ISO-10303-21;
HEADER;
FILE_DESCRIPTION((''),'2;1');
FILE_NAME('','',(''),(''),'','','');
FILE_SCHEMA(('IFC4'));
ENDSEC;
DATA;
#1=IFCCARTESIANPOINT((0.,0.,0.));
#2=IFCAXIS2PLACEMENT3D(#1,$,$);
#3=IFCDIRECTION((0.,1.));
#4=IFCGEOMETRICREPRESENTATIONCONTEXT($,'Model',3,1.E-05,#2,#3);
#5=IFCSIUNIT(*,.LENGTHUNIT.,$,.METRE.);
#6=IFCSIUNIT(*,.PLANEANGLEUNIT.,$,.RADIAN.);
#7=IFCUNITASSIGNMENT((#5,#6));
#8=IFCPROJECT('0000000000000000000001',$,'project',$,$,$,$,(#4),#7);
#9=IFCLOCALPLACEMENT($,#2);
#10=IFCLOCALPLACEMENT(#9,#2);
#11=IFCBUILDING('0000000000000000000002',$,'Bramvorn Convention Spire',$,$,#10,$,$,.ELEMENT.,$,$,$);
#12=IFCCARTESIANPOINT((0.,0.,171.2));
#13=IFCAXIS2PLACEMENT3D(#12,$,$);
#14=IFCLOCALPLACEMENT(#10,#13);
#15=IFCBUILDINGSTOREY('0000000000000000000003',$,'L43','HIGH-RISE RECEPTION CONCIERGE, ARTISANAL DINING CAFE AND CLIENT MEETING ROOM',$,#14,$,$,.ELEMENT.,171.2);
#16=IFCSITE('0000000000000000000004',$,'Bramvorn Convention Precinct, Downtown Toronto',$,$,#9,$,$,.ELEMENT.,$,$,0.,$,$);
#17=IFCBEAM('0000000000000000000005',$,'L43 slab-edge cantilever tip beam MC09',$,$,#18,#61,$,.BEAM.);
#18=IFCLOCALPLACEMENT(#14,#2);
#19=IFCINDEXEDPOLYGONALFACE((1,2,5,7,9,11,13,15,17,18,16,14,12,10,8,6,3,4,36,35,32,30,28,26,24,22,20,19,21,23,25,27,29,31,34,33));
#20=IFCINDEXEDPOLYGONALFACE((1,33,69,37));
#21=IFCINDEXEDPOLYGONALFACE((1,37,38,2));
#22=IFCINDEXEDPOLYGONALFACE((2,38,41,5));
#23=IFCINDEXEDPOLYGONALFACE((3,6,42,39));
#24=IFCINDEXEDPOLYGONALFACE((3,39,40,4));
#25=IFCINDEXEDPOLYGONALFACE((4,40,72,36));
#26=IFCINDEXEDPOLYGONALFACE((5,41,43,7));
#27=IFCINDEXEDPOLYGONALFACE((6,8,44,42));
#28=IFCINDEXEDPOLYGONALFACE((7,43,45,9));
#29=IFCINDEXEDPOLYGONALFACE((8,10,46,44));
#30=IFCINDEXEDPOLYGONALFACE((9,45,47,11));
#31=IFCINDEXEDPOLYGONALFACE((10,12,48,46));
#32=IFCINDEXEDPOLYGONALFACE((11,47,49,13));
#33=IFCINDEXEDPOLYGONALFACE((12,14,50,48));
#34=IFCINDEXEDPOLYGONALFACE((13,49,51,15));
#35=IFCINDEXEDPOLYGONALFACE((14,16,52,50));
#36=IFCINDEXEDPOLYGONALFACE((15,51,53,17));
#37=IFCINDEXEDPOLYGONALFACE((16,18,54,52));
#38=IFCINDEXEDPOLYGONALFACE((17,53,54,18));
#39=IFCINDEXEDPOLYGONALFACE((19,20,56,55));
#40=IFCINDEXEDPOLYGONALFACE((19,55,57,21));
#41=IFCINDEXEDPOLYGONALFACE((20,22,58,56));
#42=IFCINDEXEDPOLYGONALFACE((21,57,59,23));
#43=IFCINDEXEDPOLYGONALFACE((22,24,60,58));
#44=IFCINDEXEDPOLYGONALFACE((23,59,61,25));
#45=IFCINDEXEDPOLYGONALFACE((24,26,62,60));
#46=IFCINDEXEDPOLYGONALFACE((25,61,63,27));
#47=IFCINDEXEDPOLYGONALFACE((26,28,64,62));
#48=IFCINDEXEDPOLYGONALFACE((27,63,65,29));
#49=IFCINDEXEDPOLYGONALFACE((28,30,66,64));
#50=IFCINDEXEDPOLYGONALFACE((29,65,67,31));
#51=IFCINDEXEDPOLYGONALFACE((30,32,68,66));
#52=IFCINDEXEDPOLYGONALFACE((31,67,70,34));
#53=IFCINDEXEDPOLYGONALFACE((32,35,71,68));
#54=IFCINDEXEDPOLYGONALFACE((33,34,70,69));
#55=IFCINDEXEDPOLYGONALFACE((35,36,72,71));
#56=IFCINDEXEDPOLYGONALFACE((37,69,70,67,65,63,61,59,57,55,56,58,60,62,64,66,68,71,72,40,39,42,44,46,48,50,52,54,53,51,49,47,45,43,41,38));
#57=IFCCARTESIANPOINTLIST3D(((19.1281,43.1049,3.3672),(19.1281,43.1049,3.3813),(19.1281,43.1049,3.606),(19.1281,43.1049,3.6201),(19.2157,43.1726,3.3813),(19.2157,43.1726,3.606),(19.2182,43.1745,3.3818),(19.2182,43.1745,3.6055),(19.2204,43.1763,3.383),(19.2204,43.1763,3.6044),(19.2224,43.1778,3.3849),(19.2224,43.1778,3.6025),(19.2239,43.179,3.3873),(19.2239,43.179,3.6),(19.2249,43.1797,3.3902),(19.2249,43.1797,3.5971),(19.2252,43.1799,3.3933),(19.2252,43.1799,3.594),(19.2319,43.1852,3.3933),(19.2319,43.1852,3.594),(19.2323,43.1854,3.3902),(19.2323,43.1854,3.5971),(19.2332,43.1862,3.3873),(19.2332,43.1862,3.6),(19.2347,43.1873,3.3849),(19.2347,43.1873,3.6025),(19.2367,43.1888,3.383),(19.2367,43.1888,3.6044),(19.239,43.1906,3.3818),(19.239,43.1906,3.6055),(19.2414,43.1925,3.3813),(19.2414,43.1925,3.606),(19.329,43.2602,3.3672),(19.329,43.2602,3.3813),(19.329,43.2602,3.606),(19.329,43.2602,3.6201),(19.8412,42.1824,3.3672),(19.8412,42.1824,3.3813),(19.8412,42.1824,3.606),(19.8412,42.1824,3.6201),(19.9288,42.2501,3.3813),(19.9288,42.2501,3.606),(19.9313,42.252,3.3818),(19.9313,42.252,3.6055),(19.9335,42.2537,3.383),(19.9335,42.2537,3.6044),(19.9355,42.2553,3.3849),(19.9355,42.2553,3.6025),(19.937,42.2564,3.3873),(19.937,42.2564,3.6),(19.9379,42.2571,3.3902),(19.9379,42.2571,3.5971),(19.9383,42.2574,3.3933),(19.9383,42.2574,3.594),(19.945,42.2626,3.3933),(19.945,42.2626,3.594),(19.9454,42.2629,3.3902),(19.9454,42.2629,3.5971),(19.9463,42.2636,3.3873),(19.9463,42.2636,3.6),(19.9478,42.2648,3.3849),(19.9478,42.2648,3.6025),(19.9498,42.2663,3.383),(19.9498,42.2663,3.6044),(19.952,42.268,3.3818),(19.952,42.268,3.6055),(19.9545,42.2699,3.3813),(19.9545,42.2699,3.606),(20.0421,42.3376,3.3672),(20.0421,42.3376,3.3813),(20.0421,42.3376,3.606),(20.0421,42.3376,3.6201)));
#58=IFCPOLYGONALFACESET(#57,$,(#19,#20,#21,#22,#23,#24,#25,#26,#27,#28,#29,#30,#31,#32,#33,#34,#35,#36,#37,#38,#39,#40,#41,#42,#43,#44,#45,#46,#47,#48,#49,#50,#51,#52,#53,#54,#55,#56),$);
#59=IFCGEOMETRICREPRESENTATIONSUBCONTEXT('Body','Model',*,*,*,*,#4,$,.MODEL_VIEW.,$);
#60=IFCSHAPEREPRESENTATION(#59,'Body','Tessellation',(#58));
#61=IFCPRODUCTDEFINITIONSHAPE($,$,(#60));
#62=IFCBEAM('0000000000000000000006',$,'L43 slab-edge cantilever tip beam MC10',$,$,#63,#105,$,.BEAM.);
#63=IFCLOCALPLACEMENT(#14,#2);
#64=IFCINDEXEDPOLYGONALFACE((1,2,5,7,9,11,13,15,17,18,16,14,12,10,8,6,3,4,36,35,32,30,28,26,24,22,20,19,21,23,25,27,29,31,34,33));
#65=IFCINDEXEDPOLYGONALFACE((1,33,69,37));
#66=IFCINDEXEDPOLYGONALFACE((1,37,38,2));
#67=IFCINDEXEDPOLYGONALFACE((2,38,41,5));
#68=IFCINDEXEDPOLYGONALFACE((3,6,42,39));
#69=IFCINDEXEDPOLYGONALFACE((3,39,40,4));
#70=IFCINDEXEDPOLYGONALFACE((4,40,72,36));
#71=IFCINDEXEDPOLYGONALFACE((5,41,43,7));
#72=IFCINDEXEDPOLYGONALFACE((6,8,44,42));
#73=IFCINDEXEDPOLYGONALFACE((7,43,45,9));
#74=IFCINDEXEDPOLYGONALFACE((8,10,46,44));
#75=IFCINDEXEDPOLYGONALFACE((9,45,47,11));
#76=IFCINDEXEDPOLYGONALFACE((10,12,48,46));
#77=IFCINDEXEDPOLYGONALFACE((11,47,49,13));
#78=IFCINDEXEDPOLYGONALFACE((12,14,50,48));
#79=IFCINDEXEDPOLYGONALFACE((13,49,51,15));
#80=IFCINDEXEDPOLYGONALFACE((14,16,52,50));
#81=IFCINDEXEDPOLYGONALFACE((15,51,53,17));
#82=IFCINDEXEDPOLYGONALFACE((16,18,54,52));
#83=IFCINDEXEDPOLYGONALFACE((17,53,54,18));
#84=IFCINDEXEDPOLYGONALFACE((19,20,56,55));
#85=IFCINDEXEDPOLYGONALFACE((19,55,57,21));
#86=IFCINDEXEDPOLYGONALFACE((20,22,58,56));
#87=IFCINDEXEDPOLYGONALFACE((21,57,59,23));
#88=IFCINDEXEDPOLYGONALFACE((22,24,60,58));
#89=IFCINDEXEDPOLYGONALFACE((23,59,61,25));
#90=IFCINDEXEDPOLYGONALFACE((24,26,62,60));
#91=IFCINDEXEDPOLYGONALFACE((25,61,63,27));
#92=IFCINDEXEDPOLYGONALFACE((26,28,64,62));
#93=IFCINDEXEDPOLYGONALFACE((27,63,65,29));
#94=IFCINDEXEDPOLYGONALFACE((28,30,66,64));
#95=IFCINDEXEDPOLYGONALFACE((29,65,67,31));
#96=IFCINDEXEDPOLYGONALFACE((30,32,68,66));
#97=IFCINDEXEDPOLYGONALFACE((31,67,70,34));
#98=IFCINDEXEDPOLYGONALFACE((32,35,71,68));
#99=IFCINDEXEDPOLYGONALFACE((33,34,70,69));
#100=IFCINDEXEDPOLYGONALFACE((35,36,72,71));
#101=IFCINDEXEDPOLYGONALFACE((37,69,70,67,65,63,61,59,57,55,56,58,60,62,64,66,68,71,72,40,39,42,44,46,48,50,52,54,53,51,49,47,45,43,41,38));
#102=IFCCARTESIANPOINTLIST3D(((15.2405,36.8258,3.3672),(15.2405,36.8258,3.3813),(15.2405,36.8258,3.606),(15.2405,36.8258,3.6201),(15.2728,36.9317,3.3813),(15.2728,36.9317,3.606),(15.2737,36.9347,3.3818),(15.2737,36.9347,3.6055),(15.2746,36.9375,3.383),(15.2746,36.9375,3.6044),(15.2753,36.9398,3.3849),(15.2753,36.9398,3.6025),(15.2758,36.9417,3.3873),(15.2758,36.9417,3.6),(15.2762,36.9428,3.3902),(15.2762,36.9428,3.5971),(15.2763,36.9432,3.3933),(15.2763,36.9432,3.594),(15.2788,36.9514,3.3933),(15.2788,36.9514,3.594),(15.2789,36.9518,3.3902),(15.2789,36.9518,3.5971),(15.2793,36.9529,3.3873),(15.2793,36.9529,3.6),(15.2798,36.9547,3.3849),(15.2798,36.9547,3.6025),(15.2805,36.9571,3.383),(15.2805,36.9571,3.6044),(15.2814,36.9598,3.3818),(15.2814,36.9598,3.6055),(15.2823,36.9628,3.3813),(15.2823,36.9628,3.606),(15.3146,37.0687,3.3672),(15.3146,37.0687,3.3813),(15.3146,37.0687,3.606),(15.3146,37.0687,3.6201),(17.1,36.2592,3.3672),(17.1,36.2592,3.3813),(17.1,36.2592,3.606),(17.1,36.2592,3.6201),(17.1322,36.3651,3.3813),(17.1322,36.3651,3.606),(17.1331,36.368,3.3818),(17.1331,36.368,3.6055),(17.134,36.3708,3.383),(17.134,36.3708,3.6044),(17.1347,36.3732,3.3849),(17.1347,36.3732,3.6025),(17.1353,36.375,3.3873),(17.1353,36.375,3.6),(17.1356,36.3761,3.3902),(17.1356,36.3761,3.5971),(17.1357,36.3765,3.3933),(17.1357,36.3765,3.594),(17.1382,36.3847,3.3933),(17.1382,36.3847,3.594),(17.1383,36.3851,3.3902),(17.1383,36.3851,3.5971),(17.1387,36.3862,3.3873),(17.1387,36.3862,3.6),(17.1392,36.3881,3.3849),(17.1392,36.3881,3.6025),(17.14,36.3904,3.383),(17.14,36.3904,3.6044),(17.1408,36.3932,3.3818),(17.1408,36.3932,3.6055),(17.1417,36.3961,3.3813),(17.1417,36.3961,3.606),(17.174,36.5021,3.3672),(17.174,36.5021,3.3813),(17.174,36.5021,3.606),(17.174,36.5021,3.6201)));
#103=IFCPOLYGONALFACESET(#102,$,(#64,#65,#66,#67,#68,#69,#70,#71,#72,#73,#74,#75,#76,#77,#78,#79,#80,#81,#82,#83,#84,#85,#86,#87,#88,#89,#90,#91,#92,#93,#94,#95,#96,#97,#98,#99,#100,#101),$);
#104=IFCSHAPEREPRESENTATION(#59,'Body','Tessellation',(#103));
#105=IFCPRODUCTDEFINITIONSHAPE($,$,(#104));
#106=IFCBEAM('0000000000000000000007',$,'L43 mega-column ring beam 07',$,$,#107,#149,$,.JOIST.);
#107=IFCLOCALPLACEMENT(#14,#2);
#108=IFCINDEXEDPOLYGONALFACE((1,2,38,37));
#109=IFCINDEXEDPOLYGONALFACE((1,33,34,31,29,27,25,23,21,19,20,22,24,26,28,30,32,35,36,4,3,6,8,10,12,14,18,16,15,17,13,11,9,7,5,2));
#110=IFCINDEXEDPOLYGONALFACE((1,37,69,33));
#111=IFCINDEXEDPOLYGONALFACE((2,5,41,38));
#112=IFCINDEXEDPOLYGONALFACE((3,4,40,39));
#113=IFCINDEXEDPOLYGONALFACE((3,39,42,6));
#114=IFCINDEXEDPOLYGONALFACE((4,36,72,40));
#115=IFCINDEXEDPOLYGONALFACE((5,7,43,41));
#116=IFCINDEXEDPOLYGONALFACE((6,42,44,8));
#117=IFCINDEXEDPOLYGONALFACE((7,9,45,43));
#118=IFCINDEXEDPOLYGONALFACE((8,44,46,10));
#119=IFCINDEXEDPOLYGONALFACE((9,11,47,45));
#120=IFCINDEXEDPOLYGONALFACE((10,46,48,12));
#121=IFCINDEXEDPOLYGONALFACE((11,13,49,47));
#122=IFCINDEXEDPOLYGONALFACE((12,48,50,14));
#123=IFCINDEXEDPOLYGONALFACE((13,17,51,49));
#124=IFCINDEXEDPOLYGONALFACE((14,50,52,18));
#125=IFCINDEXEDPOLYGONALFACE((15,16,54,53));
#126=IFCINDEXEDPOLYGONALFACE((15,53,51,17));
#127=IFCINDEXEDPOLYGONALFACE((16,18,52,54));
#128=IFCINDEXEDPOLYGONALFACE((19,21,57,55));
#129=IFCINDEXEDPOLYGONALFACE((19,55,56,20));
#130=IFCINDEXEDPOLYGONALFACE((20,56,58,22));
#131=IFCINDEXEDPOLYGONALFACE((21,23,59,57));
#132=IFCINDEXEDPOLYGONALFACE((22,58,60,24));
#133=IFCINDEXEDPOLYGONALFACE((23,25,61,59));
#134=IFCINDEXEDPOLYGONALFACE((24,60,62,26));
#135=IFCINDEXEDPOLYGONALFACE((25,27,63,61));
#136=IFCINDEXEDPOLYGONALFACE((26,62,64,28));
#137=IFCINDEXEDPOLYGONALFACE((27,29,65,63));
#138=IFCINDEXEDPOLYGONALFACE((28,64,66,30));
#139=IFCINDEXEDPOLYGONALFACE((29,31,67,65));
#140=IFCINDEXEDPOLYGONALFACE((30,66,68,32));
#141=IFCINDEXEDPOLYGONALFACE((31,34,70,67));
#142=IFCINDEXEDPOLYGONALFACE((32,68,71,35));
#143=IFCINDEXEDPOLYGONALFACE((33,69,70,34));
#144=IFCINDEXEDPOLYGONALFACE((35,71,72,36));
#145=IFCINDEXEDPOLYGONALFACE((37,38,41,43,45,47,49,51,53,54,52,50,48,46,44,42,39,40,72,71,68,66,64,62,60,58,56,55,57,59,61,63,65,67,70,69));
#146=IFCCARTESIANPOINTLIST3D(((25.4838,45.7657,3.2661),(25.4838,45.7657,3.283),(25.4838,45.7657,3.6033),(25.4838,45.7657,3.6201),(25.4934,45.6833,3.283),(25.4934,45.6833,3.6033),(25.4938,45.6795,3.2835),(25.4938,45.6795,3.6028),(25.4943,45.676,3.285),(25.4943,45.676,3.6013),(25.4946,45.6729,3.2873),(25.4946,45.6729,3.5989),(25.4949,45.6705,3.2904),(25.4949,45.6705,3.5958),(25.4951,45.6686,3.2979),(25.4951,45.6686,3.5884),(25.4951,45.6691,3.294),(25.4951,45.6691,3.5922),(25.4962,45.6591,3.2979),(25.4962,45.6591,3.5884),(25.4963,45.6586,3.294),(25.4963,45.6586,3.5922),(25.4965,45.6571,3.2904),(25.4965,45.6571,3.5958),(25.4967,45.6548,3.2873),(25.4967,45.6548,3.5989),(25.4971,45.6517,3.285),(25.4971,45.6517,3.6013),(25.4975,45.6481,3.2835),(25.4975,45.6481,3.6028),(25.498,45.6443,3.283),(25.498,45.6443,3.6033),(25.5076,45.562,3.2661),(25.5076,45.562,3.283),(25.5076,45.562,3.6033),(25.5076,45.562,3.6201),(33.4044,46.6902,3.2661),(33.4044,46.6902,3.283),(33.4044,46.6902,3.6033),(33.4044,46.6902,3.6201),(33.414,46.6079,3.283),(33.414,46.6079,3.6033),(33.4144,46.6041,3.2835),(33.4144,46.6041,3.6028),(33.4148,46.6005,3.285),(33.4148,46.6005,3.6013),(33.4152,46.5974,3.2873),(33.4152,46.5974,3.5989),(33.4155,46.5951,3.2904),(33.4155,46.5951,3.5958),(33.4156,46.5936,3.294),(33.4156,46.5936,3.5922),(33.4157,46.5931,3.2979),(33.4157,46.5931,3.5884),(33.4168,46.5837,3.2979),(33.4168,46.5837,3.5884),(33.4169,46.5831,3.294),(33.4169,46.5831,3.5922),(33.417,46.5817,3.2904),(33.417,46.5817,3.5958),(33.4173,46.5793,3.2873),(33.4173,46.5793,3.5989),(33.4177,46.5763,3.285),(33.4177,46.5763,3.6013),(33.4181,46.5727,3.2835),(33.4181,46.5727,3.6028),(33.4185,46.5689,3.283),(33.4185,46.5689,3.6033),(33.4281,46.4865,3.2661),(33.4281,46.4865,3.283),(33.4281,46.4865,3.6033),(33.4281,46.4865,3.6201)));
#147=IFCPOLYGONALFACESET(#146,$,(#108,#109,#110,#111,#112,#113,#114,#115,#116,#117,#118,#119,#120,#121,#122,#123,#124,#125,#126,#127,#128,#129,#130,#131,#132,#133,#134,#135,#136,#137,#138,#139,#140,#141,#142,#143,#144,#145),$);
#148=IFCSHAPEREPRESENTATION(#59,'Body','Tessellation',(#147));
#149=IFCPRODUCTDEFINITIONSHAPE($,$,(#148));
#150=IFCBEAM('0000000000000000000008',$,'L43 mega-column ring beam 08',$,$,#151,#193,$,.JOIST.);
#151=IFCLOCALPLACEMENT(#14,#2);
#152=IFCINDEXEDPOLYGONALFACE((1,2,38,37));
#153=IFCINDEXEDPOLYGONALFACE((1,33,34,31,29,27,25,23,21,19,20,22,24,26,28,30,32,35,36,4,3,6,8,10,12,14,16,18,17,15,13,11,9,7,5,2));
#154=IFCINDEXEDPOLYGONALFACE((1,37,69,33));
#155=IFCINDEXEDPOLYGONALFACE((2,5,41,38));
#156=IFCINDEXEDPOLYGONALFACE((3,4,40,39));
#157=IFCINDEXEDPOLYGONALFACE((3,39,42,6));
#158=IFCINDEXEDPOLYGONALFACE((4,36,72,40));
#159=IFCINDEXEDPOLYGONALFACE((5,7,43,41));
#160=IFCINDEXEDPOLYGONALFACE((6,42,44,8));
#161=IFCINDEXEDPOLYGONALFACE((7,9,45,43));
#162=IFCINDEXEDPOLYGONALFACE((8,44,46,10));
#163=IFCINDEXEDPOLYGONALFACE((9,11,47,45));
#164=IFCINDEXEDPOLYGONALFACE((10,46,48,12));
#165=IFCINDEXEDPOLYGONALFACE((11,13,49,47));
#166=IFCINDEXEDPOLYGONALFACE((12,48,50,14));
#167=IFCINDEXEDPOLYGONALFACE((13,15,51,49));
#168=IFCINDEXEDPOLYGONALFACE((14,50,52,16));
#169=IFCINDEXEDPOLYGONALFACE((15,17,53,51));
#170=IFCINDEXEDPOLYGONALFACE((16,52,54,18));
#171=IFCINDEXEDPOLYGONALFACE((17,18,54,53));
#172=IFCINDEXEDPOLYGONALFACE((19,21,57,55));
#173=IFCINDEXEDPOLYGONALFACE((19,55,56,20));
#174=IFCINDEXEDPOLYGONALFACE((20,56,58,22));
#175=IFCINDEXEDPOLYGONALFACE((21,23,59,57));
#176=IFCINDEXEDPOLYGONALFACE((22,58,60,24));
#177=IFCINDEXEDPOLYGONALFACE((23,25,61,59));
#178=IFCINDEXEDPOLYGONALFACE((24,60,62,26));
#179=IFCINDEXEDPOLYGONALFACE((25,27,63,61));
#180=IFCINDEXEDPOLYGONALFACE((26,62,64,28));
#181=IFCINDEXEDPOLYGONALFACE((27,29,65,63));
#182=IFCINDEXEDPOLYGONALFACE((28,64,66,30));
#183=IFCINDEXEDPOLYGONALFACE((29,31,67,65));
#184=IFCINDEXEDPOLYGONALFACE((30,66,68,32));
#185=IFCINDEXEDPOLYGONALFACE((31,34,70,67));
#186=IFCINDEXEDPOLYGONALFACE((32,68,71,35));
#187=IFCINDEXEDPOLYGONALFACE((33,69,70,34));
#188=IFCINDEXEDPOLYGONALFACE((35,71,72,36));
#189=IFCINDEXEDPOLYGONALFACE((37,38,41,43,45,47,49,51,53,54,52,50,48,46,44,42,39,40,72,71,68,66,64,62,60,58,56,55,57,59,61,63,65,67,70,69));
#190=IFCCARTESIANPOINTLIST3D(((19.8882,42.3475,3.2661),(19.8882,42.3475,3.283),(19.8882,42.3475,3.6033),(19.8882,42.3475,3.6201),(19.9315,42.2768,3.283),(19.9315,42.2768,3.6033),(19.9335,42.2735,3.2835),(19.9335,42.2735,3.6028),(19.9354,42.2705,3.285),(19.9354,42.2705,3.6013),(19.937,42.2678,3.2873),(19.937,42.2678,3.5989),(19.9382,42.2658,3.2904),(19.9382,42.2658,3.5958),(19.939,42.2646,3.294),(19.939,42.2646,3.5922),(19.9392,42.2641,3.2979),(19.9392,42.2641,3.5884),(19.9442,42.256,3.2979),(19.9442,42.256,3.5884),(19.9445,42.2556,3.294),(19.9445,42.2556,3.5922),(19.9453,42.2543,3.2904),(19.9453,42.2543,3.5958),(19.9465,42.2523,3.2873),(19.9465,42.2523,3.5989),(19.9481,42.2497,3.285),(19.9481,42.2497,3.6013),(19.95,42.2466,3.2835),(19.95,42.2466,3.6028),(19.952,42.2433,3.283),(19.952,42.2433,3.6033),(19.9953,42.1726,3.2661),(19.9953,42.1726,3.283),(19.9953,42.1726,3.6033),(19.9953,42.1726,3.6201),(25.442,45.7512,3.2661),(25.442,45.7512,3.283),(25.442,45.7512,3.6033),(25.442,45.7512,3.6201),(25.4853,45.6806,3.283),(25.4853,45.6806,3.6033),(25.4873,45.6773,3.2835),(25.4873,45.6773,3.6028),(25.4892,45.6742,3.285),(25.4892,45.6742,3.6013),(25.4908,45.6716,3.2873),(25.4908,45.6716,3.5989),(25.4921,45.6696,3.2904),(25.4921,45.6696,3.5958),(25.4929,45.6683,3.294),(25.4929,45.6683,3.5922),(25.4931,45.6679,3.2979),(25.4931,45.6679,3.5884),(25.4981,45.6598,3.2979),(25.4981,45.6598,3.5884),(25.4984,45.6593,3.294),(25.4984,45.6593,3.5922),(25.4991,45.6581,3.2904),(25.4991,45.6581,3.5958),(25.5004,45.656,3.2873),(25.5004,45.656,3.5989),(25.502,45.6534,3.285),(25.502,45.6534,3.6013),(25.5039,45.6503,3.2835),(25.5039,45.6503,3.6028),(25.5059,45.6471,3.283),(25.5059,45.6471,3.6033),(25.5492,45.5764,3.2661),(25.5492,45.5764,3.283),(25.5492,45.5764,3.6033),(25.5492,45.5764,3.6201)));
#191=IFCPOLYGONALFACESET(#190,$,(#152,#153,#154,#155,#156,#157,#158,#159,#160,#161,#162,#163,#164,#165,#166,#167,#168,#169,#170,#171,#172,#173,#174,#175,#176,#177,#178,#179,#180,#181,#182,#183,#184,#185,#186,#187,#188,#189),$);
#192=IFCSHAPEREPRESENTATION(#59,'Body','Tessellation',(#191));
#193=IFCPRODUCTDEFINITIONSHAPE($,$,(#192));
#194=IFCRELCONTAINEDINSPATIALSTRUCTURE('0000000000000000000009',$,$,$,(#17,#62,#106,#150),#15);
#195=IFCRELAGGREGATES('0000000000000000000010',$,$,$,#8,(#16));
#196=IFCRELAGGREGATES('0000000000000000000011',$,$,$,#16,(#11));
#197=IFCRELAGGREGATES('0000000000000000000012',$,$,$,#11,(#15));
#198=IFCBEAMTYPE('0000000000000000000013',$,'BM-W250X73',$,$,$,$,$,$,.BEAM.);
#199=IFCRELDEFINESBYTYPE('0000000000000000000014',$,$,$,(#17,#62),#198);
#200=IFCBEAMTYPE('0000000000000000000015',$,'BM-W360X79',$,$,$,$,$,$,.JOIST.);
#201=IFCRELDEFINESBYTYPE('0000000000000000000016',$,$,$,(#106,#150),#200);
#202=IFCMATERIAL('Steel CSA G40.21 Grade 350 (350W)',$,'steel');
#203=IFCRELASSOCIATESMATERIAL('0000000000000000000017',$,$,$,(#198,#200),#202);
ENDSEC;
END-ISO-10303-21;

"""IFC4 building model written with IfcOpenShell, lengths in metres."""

from ifc_helpers import new_model, si_unit, direction, frame, origin, origin_2d, place, context, subcontext, project, spatial, i_section, extrude, material, material_profile, profile_set, type_object, element, save


model = new_model("IFC4")

# Units and contexts
model_context = context("Model", 3, precision=1e-05, world=origin(), true_north=direction((0.0, 1.0)))
body_context = subcontext(model_context, "Body", "Model", "MODEL_VIEW")
ifc_project = project(units=[si_unit("LENGTHUNIT", "METRE"), si_unit("PLANEANGLEUNIT", "RADIAN")], contexts=[model_context])

# Site, building, storey
site_placement = place(None, origin())
site = spatial("IfcSite", under=ifc_project, at=site_placement, Name="Bramvorn Convention Precinct, Downtown Toronto", CompositionType="ELEMENT", RefElevation=0.0)
building_placement = place(site_placement, origin())
building = spatial("IfcBuilding", under=site, at=building_placement, Name="Bramvorn Convention Spire", CompositionType="ELEMENT")
storey_placement = place(building_placement, frame((0.0, 0.0, 171.2)))
storey = spatial("IfcBuildingStorey", under=building, at=storey_placement, Name="L43", Description="HIGH-RISE RECEPTION CONCIERGE, ARTISANAL DINING CAFE AND CLIENT MEETING ROOM", CompositionType="ELEMENT", Elevation=171.2)

# Shared definitions
ifc_material_1 = material(Name="Steel CSA G40.21 Grade 350 (350W)", Category="steel")

# Beams
ifc_material_profile_1 = material_profile(ifc_material_1, i_section(OverallWidth=0.2539, OverallDepth=0.2529, WebThickness=0.0085, FlangeThickness=0.0142, FilletRadius=0.012, at=origin_2d()))
ifc_profile_set_1 = profile_set([ifc_material_profile_1], Name="Steel CSA G40.21 Grade 350 (350W) - W250X73")
beam_type_1 = type_object("IfcBeamType", Name="BM-W250X73", PredefinedType="BEAM", material=ifc_profile_set_1)
beam_1_placement = place(storey_placement, frame((19.9417, 42.26, 3.4937), z_axis=(-0.611561, 0.791198, 0.0), x_axis=(-0.791198, -0.611561, 0.0)))
element("IfcBeam", 1, at=beam_1_placement, inside=storey, type_object=beam_type_1, Name="L43 slab-edge cantilever tip beam MC09", PredefinedType="BEAM", context=body_context, shape_type="SweptSolid", body=[
    extrude(i_section(OverallWidth=0.2539, OverallDepth=0.2529, WebThickness=0.0085, FlangeThickness=0.0142, FilletRadius=0.012, at=origin_2d()), origin(), (0.0, 0.0, 1.0), 1.166),
])
beam_2_placement = place(storey_placement, frame((17.137, 36.3806, 3.4937), z_axis=(-0.956566, 0.291516, 0.0), x_axis=(-0.291516, -0.956566, 0.0)))
element("IfcBeam", 2, at=beam_2_placement, inside=storey, type_object=beam_type_1, Name="L43 slab-edge cantilever tip beam MC10", PredefinedType="BEAM", context=body_context, shape_type="SweptSolid", body=[
    extrude(i_section(OverallWidth=0.2539, OverallDepth=0.2529, WebThickness=0.0085, FlangeThickness=0.0142, FilletRadius=0.012, at=origin_2d()), origin(), (0.0, 0.0, 1.0), 1.9438),
])
ifc_material_profile_2 = material_profile(ifc_material_1, i_section(OverallWidth=0.2051, OverallDepth=0.354, WebThickness=0.0095, FlangeThickness=0.0168, FilletRadius=0.0149, at=origin_2d()))
ifc_profile_set_2 = profile_set([ifc_material_profile_2], Name="Steel CSA G40.21 Grade 350 (350W) - W360X79")
beam_type_2 = type_object("IfcBeamType", Name="BM-W360X79", PredefinedType="JOIST", material=ifc_profile_set_2)
beam_3_placement = place(storey_placement, frame((33.4163, 46.5884, 3.4431), z_axis=(-0.993256, -0.115941, 0.0), x_axis=(0.115941, -0.993256, 0.0)))
element("IfcBeam", 3, at=beam_3_placement, inside=storey, type_object=beam_type_2, Name="L43 mega-column ring beam 07", PredefinedType="JOIST", context=body_context, shape_type="SweptSolid", body=[
    extrude(i_section(OverallWidth=0.2051, OverallDepth=0.354, WebThickness=0.0095, FlangeThickness=0.0168, FilletRadius=0.0149, at=origin_2d()), origin(), (0.0, 0.0, 1.0), 7.9744),
])
beam_4_placement = place(storey_placement, frame((25.4956, 45.6638, 3.4431), z_axis=(-0.852617, -0.522537, 0.0), x_axis=(0.522537, -0.852617, 0.0)))
element("IfcBeam", 4, at=beam_4_placement, inside=storey, type_object=beam_type_2, Name="L43 mega-column ring beam 08", PredefinedType="JOIST", context=body_context, shape_type="SweptSolid", body=[
    extrude(i_section(OverallWidth=0.2051, OverallDepth=0.354, WebThickness=0.0095, FlangeThickness=0.0168, FilletRadius=0.0149, at=origin_2d()), origin(), (0.0, 0.0, 1.0), 6.5139),
])

save(model, "model.ifc")
